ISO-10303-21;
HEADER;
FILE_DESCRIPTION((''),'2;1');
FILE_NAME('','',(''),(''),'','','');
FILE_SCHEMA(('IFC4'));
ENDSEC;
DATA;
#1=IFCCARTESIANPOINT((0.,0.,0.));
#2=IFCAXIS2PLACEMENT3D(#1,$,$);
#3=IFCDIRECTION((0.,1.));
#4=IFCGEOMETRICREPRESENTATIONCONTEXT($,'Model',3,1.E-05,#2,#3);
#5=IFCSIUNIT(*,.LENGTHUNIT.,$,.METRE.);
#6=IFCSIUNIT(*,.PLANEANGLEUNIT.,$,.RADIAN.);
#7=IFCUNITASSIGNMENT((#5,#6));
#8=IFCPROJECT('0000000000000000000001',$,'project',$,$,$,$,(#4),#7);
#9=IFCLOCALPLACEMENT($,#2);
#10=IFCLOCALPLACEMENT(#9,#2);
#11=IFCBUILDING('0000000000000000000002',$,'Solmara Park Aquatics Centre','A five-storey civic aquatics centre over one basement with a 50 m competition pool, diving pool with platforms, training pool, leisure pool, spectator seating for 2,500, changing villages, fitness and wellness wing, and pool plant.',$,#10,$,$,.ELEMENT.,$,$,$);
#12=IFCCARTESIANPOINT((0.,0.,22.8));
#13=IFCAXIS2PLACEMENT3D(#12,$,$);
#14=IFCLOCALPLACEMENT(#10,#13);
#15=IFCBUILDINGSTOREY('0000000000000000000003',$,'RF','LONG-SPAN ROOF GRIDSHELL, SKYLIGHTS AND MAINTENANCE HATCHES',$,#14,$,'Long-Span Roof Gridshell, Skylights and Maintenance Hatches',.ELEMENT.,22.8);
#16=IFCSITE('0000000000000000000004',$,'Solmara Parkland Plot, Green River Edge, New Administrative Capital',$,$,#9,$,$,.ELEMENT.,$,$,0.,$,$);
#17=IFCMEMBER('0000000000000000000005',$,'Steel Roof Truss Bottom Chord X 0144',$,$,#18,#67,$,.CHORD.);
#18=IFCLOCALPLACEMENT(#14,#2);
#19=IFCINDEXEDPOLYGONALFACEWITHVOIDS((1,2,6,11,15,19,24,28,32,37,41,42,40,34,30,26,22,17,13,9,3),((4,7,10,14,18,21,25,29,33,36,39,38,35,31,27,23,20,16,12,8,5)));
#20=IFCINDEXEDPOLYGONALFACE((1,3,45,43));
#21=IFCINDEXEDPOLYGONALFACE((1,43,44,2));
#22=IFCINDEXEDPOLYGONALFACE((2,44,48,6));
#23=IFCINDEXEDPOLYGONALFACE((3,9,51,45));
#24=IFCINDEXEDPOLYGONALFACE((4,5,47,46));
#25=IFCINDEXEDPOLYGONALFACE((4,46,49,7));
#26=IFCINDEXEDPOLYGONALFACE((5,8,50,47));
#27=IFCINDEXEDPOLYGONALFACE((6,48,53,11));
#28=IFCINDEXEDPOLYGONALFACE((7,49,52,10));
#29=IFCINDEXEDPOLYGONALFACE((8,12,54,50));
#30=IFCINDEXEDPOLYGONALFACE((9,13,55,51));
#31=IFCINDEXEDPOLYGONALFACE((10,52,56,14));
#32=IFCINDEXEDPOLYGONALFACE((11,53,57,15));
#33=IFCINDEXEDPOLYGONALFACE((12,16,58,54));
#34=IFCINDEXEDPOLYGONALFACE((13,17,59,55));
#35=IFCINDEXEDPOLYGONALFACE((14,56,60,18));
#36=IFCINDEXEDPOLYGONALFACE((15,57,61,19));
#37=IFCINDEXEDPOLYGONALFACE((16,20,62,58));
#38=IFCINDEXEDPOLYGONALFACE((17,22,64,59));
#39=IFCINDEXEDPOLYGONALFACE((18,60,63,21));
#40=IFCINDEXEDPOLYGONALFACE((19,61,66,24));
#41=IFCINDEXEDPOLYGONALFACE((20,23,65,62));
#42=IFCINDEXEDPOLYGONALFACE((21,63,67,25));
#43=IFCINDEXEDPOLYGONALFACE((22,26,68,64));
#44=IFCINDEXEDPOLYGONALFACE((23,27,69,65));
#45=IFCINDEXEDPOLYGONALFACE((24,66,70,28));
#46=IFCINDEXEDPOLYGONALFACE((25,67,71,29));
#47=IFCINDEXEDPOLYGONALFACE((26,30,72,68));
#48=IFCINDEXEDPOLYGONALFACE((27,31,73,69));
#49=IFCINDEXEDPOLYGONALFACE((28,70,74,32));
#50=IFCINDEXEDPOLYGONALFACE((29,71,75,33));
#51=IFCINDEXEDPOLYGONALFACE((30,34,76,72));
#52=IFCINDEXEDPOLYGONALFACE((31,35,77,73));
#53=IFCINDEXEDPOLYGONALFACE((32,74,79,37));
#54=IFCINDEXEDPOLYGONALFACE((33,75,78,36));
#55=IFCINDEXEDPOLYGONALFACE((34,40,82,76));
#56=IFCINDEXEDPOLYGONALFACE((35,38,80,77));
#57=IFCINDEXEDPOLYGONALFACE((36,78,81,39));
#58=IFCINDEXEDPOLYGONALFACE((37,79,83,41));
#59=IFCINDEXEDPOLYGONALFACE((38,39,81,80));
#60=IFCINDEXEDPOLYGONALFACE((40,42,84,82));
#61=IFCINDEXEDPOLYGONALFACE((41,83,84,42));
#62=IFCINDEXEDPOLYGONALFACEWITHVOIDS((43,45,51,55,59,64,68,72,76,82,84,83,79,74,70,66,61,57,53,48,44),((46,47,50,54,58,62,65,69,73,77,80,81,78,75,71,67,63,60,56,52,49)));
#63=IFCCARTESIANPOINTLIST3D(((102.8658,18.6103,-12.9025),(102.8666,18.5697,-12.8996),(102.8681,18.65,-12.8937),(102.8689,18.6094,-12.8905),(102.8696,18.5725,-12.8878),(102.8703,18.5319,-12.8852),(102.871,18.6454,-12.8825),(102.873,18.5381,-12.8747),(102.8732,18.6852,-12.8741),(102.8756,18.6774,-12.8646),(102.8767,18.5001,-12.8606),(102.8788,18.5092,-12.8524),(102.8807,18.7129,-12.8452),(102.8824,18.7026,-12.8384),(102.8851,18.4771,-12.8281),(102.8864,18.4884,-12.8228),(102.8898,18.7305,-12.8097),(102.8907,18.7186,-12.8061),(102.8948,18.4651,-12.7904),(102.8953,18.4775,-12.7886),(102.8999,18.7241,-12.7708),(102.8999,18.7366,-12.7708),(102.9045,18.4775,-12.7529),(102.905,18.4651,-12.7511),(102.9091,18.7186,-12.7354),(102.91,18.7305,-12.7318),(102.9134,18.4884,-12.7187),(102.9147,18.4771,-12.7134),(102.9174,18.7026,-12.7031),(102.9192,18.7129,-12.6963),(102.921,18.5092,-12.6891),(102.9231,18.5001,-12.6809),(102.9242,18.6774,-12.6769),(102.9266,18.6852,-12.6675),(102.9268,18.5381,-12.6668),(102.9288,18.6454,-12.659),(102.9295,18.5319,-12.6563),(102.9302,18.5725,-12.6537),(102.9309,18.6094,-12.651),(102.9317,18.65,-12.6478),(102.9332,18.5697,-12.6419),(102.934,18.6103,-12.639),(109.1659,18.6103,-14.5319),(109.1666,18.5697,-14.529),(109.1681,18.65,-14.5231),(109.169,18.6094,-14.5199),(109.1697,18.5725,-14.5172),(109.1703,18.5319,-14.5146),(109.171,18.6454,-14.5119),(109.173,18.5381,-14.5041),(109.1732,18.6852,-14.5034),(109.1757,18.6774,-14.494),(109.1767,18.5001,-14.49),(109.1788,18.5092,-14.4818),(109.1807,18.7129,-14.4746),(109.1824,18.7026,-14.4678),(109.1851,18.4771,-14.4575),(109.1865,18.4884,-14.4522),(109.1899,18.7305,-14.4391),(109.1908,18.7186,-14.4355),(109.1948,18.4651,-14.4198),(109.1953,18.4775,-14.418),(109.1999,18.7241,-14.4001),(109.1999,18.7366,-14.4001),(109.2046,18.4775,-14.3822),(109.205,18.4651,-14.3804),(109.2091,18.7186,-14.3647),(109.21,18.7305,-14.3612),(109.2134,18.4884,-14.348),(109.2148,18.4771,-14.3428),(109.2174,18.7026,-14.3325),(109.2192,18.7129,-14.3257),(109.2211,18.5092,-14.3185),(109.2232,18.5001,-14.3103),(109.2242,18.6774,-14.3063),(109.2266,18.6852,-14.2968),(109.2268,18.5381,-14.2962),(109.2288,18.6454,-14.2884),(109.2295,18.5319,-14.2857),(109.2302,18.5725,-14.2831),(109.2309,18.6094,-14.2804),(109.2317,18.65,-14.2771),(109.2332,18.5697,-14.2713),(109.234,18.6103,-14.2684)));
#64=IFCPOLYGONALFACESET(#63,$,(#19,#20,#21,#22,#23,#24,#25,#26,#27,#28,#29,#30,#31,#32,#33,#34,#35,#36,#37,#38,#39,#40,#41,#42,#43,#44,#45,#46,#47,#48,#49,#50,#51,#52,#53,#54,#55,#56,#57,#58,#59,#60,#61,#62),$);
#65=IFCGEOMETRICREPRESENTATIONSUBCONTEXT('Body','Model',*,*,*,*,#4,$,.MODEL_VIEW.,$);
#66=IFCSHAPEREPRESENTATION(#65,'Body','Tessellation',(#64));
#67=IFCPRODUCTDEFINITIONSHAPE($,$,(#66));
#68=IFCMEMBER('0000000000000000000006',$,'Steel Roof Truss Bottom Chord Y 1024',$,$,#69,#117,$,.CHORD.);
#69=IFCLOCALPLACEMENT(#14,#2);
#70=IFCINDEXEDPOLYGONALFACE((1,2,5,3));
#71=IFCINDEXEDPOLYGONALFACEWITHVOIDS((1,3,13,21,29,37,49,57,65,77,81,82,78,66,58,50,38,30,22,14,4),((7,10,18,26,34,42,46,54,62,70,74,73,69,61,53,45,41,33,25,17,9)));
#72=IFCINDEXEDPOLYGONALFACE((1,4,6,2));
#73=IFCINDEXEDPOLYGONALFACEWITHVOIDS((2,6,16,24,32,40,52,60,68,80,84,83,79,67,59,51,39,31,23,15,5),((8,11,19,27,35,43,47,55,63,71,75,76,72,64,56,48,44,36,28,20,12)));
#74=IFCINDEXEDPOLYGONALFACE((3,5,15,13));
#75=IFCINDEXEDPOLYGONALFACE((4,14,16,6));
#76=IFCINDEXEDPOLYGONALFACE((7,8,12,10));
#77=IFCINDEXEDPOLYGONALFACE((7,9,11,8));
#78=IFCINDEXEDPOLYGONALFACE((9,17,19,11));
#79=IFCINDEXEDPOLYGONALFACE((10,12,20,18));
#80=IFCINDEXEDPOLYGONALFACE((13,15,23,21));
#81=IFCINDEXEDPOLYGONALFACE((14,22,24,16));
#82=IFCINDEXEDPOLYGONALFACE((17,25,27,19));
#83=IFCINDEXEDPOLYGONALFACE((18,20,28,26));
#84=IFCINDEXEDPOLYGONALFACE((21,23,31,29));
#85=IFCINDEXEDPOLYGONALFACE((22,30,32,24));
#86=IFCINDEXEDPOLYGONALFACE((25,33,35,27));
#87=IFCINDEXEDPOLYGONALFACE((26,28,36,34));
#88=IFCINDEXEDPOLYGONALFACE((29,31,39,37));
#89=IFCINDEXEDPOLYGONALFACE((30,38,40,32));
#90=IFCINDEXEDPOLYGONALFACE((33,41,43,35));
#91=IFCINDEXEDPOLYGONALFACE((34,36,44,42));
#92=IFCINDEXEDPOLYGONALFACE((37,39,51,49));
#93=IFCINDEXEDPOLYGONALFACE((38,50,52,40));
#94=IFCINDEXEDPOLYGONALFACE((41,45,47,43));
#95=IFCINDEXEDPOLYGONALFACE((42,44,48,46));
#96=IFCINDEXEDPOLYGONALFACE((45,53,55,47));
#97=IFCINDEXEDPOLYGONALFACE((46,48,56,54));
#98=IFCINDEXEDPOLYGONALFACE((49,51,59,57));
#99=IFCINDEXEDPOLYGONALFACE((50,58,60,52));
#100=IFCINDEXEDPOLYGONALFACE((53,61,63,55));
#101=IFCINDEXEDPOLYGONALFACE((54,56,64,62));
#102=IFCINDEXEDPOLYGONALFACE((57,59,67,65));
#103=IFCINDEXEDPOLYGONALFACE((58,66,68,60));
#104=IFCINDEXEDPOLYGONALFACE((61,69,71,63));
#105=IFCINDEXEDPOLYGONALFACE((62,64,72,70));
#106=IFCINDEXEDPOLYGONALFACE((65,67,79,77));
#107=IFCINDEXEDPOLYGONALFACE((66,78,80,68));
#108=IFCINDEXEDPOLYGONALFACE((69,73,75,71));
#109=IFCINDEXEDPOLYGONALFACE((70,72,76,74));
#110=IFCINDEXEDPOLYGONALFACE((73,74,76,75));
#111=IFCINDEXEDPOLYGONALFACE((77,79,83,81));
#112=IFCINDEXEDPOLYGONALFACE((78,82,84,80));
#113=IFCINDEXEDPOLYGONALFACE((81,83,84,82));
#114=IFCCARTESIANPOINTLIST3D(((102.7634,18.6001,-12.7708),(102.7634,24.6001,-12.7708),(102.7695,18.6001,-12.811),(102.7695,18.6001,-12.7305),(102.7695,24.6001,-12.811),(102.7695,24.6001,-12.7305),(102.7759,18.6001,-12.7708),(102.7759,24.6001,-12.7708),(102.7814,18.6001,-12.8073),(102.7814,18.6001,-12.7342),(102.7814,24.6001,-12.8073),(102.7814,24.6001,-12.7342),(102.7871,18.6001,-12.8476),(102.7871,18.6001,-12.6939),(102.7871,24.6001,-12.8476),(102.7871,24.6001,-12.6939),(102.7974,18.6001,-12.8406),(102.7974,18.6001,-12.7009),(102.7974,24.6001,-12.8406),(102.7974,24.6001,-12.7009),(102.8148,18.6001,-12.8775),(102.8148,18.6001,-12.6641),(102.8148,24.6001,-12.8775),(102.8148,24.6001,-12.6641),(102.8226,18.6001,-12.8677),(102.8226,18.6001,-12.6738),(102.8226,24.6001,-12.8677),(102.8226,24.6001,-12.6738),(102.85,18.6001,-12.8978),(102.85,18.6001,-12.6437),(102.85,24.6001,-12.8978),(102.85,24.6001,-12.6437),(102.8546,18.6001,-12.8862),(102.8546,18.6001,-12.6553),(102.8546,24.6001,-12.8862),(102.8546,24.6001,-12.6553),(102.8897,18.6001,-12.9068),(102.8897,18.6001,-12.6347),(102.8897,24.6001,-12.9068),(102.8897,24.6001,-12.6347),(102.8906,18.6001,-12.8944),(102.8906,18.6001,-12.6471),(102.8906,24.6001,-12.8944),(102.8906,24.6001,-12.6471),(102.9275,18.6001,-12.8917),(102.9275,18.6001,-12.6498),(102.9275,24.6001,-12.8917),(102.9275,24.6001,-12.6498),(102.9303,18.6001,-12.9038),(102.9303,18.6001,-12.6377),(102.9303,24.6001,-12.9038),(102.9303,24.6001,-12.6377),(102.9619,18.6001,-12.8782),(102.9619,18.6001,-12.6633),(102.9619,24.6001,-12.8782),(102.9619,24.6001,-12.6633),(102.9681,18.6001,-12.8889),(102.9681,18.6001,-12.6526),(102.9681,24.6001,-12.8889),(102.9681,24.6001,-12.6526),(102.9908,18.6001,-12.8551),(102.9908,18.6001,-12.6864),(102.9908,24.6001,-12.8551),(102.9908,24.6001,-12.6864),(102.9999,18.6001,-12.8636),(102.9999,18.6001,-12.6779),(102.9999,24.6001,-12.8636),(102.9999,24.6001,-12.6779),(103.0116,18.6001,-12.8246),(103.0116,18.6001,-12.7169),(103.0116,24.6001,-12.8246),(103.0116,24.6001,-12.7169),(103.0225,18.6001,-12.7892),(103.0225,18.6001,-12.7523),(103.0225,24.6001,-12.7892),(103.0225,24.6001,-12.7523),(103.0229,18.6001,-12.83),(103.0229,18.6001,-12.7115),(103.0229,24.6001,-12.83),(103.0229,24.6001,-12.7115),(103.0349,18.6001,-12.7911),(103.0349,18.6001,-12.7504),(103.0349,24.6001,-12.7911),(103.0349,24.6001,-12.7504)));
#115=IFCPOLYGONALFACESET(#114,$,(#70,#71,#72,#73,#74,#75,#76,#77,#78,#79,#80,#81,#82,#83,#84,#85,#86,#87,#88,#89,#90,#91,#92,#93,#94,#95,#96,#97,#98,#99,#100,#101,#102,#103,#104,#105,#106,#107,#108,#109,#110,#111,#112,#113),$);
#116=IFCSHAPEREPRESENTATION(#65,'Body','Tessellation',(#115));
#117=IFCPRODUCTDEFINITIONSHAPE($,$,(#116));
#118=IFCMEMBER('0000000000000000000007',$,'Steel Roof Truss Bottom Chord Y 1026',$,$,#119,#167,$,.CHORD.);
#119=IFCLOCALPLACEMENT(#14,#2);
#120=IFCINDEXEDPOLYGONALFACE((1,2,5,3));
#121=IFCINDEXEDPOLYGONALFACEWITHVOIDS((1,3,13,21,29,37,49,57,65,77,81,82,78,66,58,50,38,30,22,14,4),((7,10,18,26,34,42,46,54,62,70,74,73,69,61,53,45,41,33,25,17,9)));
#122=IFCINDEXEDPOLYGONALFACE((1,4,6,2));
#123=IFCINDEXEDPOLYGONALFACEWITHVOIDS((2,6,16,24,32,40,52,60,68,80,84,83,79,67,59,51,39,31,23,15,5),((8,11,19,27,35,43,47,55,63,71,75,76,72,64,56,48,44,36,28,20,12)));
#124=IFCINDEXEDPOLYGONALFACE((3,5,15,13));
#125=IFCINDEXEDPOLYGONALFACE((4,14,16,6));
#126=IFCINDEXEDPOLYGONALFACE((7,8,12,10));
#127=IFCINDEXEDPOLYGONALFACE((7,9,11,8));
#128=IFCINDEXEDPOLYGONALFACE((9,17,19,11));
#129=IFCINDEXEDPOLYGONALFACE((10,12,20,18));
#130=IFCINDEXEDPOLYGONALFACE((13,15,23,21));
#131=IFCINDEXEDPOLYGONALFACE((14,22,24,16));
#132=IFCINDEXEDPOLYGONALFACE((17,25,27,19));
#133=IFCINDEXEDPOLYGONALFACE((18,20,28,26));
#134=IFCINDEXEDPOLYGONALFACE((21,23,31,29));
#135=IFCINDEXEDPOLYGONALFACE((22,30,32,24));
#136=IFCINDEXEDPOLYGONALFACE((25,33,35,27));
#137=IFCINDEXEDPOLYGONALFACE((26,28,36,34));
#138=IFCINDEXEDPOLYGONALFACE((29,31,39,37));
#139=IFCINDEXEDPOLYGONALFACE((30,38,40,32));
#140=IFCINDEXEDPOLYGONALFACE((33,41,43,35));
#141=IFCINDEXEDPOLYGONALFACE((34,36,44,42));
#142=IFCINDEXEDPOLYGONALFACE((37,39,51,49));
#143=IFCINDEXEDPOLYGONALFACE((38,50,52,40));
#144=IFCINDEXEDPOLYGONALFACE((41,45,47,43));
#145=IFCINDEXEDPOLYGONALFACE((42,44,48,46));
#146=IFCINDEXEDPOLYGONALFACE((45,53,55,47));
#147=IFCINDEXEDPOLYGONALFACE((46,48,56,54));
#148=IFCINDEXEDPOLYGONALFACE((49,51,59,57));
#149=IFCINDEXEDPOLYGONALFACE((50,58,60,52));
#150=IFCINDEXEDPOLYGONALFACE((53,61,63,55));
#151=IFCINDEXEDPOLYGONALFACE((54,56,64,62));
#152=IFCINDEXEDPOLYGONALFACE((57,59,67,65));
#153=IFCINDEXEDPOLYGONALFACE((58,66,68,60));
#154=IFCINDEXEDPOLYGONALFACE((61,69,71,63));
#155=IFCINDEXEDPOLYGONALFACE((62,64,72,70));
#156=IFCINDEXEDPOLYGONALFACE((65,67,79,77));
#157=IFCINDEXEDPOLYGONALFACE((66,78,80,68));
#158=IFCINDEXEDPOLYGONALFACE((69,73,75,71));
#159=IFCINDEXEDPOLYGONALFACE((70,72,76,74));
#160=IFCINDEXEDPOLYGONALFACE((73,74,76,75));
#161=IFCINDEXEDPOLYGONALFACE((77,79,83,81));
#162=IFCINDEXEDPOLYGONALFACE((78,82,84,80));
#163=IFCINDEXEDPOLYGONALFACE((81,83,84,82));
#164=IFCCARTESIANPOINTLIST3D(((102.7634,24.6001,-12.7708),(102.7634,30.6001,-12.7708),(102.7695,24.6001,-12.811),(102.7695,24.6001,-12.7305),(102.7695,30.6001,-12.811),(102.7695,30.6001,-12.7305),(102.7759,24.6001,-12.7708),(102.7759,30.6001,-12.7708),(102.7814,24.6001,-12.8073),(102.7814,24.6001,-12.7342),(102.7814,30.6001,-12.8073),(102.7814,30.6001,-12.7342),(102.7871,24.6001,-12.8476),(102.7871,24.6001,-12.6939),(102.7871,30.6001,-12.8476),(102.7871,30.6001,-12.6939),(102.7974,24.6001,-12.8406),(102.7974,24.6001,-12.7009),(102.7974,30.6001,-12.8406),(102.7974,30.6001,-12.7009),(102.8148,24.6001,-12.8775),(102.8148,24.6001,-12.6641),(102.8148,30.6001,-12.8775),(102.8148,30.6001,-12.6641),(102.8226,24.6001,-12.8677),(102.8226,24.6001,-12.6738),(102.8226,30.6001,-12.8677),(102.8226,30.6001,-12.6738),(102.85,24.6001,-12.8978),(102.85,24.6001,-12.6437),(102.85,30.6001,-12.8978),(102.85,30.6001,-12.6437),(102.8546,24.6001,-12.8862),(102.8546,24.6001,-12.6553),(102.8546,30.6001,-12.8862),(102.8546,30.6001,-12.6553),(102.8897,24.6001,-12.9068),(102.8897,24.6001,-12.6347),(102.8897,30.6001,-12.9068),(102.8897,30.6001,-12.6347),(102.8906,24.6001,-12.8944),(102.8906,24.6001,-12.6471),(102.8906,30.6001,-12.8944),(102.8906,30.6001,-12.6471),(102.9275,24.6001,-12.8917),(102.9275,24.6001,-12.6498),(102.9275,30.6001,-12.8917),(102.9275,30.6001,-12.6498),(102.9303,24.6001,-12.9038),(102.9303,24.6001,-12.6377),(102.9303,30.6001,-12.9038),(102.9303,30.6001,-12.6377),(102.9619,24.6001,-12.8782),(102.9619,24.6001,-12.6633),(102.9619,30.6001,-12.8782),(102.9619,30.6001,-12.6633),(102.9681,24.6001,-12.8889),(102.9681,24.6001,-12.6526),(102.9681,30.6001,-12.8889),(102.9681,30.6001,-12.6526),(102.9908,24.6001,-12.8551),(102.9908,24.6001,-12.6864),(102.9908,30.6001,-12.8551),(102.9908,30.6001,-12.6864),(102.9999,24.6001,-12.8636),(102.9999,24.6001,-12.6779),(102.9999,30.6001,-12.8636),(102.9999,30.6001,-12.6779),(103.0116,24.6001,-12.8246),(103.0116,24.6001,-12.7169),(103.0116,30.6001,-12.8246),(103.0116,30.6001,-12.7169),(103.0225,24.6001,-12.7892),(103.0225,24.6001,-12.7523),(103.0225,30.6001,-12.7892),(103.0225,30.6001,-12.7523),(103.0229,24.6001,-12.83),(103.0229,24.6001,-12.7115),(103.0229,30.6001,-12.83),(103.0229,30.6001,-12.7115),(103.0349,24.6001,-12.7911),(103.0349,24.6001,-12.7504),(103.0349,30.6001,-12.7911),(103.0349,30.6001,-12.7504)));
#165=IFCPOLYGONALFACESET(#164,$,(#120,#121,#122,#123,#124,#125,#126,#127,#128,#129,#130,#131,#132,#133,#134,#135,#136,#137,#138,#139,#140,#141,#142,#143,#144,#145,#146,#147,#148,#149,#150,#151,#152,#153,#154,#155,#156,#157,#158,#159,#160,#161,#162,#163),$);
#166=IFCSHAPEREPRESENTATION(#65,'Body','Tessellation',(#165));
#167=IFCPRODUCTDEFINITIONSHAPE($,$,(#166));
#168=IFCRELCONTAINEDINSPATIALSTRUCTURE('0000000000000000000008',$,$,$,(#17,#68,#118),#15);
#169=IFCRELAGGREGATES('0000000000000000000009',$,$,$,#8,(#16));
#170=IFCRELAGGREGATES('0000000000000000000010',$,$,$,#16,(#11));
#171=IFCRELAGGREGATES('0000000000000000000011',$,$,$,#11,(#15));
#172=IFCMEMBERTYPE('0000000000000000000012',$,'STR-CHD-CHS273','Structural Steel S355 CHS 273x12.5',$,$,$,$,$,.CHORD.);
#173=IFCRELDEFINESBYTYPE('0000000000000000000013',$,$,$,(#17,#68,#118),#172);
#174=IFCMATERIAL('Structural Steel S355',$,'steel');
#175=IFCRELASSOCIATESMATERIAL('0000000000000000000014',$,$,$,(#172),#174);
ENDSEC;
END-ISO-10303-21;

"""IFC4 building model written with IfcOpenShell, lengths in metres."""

from ifc_helpers import new_model, si_unit, direction, frame, origin, origin_2d, place, context, subcontext, project, spatial, hollow_circle, extrude, material, material_profile, profile_set, type_object, element, save


model = new_model("IFC4")

# Units and contexts
model_context = context("Model", 3, precision=1e-05, world=origin(), true_north=direction((0.0, 1.0)))
body_context = subcontext(model_context, "Body", "Model", "MODEL_VIEW")
ifc_project = project(units=[si_unit("LENGTHUNIT", "METRE"), si_unit("PLANEANGLEUNIT", "RADIAN")], contexts=[model_context])

# Site, building, storey
site_placement = place(None, origin())
site = spatial("IfcSite", under=ifc_project, at=site_placement, Name="Solmara Parkland Plot, Green River Edge, New Administrative Capital", CompositionType="ELEMENT", RefElevation=0.0)
building_placement = place(site_placement, origin())
building = spatial("IfcBuilding", under=site, at=building_placement, Name="Solmara Park Aquatics Centre", Description="A five-storey civic aquatics centre over one basement with a 50 m competition pool, diving pool with platforms, training pool, leisure pool, spectator seating for 2,500, changing villages, fitness and wellness wing, and pool plant.", CompositionType="ELEMENT")
storey_placement = place(building_placement, frame((0.0, 0.0, 22.8)))
storey = spatial("IfcBuildingStorey", under=building, at=storey_placement, Name="RF", Description="LONG-SPAN ROOF GRIDSHELL, SKYLIGHTS AND MAINTENANCE HATCHES", LongName="Long-Span Roof Gridshell, Skylights and Maintenance Hatches", CompositionType="ELEMENT", Elevation=22.8)

# Members
ifc_material_1 = material(Name="Structural Steel S355", Category="steel")
ifc_material_profile_1 = material_profile(ifc_material_1, hollow_circle(Radius=0.1365, WallThickness=0.0125, at=origin_2d()), Name="CHS 273x12.5")
ifc_profile_set_1 = profile_set([ifc_material_profile_1], Name="Structural Steel S355")
member_type_1 = type_object("IfcMemberType", Name="STR-CHD-CHS273", Description="Structural Steel S355 CHS 273x12.5", PredefinedType="CHORD", material=ifc_profile_set_1)
member_1_placement = place(storey_placement, frame((102.8999, 18.6001, -12.7708), z_axis=(0.968144, 0.0, -0.250393), x_axis=(0.0, 1.0, 0.0)))
element("IfcMember", 1, at=member_1_placement, inside=storey, type_object=member_type_1, Name="Steel Roof Truss Bottom Chord X 0144", PredefinedType="CHORD", context=body_context, shape_type="SweptSolid", body=[
    extrude(hollow_circle(Radius=0.1365, WallThickness=0.0125, at=origin_2d()), origin(), (0.0, 0.0, 1.0), 6.5073),
])
for number, where, z_axis, x_axis, name in (
    (2, (102.8999, 18.6001, -12.7708), (0.0, 1.0, 0.0), (-1.0, 0.0, 0.0), "Steel Roof Truss Bottom Chord Y 1024"),
    (3, (102.8999, 24.6001, -12.7708), (0.0, 1.0, 0.0), (-1.0, 0.0, 0.0), "Steel Roof Truss Bottom Chord Y 1026"),
):
    element("IfcMember", number, at=place(storey_placement, frame(where, z_axis=z_axis, x_axis=x_axis)), inside=storey, type_object=member_type_1, Name=name, PredefinedType="CHORD", context=body_context, shape_type="SweptSolid", body=[
        extrude(hollow_circle(Radius=0.1365, WallThickness=0.0125, at=origin_2d()), origin(), (0.0, 0.0, 1.0), 6.0),
    ])

save(model, "model.ifc")
